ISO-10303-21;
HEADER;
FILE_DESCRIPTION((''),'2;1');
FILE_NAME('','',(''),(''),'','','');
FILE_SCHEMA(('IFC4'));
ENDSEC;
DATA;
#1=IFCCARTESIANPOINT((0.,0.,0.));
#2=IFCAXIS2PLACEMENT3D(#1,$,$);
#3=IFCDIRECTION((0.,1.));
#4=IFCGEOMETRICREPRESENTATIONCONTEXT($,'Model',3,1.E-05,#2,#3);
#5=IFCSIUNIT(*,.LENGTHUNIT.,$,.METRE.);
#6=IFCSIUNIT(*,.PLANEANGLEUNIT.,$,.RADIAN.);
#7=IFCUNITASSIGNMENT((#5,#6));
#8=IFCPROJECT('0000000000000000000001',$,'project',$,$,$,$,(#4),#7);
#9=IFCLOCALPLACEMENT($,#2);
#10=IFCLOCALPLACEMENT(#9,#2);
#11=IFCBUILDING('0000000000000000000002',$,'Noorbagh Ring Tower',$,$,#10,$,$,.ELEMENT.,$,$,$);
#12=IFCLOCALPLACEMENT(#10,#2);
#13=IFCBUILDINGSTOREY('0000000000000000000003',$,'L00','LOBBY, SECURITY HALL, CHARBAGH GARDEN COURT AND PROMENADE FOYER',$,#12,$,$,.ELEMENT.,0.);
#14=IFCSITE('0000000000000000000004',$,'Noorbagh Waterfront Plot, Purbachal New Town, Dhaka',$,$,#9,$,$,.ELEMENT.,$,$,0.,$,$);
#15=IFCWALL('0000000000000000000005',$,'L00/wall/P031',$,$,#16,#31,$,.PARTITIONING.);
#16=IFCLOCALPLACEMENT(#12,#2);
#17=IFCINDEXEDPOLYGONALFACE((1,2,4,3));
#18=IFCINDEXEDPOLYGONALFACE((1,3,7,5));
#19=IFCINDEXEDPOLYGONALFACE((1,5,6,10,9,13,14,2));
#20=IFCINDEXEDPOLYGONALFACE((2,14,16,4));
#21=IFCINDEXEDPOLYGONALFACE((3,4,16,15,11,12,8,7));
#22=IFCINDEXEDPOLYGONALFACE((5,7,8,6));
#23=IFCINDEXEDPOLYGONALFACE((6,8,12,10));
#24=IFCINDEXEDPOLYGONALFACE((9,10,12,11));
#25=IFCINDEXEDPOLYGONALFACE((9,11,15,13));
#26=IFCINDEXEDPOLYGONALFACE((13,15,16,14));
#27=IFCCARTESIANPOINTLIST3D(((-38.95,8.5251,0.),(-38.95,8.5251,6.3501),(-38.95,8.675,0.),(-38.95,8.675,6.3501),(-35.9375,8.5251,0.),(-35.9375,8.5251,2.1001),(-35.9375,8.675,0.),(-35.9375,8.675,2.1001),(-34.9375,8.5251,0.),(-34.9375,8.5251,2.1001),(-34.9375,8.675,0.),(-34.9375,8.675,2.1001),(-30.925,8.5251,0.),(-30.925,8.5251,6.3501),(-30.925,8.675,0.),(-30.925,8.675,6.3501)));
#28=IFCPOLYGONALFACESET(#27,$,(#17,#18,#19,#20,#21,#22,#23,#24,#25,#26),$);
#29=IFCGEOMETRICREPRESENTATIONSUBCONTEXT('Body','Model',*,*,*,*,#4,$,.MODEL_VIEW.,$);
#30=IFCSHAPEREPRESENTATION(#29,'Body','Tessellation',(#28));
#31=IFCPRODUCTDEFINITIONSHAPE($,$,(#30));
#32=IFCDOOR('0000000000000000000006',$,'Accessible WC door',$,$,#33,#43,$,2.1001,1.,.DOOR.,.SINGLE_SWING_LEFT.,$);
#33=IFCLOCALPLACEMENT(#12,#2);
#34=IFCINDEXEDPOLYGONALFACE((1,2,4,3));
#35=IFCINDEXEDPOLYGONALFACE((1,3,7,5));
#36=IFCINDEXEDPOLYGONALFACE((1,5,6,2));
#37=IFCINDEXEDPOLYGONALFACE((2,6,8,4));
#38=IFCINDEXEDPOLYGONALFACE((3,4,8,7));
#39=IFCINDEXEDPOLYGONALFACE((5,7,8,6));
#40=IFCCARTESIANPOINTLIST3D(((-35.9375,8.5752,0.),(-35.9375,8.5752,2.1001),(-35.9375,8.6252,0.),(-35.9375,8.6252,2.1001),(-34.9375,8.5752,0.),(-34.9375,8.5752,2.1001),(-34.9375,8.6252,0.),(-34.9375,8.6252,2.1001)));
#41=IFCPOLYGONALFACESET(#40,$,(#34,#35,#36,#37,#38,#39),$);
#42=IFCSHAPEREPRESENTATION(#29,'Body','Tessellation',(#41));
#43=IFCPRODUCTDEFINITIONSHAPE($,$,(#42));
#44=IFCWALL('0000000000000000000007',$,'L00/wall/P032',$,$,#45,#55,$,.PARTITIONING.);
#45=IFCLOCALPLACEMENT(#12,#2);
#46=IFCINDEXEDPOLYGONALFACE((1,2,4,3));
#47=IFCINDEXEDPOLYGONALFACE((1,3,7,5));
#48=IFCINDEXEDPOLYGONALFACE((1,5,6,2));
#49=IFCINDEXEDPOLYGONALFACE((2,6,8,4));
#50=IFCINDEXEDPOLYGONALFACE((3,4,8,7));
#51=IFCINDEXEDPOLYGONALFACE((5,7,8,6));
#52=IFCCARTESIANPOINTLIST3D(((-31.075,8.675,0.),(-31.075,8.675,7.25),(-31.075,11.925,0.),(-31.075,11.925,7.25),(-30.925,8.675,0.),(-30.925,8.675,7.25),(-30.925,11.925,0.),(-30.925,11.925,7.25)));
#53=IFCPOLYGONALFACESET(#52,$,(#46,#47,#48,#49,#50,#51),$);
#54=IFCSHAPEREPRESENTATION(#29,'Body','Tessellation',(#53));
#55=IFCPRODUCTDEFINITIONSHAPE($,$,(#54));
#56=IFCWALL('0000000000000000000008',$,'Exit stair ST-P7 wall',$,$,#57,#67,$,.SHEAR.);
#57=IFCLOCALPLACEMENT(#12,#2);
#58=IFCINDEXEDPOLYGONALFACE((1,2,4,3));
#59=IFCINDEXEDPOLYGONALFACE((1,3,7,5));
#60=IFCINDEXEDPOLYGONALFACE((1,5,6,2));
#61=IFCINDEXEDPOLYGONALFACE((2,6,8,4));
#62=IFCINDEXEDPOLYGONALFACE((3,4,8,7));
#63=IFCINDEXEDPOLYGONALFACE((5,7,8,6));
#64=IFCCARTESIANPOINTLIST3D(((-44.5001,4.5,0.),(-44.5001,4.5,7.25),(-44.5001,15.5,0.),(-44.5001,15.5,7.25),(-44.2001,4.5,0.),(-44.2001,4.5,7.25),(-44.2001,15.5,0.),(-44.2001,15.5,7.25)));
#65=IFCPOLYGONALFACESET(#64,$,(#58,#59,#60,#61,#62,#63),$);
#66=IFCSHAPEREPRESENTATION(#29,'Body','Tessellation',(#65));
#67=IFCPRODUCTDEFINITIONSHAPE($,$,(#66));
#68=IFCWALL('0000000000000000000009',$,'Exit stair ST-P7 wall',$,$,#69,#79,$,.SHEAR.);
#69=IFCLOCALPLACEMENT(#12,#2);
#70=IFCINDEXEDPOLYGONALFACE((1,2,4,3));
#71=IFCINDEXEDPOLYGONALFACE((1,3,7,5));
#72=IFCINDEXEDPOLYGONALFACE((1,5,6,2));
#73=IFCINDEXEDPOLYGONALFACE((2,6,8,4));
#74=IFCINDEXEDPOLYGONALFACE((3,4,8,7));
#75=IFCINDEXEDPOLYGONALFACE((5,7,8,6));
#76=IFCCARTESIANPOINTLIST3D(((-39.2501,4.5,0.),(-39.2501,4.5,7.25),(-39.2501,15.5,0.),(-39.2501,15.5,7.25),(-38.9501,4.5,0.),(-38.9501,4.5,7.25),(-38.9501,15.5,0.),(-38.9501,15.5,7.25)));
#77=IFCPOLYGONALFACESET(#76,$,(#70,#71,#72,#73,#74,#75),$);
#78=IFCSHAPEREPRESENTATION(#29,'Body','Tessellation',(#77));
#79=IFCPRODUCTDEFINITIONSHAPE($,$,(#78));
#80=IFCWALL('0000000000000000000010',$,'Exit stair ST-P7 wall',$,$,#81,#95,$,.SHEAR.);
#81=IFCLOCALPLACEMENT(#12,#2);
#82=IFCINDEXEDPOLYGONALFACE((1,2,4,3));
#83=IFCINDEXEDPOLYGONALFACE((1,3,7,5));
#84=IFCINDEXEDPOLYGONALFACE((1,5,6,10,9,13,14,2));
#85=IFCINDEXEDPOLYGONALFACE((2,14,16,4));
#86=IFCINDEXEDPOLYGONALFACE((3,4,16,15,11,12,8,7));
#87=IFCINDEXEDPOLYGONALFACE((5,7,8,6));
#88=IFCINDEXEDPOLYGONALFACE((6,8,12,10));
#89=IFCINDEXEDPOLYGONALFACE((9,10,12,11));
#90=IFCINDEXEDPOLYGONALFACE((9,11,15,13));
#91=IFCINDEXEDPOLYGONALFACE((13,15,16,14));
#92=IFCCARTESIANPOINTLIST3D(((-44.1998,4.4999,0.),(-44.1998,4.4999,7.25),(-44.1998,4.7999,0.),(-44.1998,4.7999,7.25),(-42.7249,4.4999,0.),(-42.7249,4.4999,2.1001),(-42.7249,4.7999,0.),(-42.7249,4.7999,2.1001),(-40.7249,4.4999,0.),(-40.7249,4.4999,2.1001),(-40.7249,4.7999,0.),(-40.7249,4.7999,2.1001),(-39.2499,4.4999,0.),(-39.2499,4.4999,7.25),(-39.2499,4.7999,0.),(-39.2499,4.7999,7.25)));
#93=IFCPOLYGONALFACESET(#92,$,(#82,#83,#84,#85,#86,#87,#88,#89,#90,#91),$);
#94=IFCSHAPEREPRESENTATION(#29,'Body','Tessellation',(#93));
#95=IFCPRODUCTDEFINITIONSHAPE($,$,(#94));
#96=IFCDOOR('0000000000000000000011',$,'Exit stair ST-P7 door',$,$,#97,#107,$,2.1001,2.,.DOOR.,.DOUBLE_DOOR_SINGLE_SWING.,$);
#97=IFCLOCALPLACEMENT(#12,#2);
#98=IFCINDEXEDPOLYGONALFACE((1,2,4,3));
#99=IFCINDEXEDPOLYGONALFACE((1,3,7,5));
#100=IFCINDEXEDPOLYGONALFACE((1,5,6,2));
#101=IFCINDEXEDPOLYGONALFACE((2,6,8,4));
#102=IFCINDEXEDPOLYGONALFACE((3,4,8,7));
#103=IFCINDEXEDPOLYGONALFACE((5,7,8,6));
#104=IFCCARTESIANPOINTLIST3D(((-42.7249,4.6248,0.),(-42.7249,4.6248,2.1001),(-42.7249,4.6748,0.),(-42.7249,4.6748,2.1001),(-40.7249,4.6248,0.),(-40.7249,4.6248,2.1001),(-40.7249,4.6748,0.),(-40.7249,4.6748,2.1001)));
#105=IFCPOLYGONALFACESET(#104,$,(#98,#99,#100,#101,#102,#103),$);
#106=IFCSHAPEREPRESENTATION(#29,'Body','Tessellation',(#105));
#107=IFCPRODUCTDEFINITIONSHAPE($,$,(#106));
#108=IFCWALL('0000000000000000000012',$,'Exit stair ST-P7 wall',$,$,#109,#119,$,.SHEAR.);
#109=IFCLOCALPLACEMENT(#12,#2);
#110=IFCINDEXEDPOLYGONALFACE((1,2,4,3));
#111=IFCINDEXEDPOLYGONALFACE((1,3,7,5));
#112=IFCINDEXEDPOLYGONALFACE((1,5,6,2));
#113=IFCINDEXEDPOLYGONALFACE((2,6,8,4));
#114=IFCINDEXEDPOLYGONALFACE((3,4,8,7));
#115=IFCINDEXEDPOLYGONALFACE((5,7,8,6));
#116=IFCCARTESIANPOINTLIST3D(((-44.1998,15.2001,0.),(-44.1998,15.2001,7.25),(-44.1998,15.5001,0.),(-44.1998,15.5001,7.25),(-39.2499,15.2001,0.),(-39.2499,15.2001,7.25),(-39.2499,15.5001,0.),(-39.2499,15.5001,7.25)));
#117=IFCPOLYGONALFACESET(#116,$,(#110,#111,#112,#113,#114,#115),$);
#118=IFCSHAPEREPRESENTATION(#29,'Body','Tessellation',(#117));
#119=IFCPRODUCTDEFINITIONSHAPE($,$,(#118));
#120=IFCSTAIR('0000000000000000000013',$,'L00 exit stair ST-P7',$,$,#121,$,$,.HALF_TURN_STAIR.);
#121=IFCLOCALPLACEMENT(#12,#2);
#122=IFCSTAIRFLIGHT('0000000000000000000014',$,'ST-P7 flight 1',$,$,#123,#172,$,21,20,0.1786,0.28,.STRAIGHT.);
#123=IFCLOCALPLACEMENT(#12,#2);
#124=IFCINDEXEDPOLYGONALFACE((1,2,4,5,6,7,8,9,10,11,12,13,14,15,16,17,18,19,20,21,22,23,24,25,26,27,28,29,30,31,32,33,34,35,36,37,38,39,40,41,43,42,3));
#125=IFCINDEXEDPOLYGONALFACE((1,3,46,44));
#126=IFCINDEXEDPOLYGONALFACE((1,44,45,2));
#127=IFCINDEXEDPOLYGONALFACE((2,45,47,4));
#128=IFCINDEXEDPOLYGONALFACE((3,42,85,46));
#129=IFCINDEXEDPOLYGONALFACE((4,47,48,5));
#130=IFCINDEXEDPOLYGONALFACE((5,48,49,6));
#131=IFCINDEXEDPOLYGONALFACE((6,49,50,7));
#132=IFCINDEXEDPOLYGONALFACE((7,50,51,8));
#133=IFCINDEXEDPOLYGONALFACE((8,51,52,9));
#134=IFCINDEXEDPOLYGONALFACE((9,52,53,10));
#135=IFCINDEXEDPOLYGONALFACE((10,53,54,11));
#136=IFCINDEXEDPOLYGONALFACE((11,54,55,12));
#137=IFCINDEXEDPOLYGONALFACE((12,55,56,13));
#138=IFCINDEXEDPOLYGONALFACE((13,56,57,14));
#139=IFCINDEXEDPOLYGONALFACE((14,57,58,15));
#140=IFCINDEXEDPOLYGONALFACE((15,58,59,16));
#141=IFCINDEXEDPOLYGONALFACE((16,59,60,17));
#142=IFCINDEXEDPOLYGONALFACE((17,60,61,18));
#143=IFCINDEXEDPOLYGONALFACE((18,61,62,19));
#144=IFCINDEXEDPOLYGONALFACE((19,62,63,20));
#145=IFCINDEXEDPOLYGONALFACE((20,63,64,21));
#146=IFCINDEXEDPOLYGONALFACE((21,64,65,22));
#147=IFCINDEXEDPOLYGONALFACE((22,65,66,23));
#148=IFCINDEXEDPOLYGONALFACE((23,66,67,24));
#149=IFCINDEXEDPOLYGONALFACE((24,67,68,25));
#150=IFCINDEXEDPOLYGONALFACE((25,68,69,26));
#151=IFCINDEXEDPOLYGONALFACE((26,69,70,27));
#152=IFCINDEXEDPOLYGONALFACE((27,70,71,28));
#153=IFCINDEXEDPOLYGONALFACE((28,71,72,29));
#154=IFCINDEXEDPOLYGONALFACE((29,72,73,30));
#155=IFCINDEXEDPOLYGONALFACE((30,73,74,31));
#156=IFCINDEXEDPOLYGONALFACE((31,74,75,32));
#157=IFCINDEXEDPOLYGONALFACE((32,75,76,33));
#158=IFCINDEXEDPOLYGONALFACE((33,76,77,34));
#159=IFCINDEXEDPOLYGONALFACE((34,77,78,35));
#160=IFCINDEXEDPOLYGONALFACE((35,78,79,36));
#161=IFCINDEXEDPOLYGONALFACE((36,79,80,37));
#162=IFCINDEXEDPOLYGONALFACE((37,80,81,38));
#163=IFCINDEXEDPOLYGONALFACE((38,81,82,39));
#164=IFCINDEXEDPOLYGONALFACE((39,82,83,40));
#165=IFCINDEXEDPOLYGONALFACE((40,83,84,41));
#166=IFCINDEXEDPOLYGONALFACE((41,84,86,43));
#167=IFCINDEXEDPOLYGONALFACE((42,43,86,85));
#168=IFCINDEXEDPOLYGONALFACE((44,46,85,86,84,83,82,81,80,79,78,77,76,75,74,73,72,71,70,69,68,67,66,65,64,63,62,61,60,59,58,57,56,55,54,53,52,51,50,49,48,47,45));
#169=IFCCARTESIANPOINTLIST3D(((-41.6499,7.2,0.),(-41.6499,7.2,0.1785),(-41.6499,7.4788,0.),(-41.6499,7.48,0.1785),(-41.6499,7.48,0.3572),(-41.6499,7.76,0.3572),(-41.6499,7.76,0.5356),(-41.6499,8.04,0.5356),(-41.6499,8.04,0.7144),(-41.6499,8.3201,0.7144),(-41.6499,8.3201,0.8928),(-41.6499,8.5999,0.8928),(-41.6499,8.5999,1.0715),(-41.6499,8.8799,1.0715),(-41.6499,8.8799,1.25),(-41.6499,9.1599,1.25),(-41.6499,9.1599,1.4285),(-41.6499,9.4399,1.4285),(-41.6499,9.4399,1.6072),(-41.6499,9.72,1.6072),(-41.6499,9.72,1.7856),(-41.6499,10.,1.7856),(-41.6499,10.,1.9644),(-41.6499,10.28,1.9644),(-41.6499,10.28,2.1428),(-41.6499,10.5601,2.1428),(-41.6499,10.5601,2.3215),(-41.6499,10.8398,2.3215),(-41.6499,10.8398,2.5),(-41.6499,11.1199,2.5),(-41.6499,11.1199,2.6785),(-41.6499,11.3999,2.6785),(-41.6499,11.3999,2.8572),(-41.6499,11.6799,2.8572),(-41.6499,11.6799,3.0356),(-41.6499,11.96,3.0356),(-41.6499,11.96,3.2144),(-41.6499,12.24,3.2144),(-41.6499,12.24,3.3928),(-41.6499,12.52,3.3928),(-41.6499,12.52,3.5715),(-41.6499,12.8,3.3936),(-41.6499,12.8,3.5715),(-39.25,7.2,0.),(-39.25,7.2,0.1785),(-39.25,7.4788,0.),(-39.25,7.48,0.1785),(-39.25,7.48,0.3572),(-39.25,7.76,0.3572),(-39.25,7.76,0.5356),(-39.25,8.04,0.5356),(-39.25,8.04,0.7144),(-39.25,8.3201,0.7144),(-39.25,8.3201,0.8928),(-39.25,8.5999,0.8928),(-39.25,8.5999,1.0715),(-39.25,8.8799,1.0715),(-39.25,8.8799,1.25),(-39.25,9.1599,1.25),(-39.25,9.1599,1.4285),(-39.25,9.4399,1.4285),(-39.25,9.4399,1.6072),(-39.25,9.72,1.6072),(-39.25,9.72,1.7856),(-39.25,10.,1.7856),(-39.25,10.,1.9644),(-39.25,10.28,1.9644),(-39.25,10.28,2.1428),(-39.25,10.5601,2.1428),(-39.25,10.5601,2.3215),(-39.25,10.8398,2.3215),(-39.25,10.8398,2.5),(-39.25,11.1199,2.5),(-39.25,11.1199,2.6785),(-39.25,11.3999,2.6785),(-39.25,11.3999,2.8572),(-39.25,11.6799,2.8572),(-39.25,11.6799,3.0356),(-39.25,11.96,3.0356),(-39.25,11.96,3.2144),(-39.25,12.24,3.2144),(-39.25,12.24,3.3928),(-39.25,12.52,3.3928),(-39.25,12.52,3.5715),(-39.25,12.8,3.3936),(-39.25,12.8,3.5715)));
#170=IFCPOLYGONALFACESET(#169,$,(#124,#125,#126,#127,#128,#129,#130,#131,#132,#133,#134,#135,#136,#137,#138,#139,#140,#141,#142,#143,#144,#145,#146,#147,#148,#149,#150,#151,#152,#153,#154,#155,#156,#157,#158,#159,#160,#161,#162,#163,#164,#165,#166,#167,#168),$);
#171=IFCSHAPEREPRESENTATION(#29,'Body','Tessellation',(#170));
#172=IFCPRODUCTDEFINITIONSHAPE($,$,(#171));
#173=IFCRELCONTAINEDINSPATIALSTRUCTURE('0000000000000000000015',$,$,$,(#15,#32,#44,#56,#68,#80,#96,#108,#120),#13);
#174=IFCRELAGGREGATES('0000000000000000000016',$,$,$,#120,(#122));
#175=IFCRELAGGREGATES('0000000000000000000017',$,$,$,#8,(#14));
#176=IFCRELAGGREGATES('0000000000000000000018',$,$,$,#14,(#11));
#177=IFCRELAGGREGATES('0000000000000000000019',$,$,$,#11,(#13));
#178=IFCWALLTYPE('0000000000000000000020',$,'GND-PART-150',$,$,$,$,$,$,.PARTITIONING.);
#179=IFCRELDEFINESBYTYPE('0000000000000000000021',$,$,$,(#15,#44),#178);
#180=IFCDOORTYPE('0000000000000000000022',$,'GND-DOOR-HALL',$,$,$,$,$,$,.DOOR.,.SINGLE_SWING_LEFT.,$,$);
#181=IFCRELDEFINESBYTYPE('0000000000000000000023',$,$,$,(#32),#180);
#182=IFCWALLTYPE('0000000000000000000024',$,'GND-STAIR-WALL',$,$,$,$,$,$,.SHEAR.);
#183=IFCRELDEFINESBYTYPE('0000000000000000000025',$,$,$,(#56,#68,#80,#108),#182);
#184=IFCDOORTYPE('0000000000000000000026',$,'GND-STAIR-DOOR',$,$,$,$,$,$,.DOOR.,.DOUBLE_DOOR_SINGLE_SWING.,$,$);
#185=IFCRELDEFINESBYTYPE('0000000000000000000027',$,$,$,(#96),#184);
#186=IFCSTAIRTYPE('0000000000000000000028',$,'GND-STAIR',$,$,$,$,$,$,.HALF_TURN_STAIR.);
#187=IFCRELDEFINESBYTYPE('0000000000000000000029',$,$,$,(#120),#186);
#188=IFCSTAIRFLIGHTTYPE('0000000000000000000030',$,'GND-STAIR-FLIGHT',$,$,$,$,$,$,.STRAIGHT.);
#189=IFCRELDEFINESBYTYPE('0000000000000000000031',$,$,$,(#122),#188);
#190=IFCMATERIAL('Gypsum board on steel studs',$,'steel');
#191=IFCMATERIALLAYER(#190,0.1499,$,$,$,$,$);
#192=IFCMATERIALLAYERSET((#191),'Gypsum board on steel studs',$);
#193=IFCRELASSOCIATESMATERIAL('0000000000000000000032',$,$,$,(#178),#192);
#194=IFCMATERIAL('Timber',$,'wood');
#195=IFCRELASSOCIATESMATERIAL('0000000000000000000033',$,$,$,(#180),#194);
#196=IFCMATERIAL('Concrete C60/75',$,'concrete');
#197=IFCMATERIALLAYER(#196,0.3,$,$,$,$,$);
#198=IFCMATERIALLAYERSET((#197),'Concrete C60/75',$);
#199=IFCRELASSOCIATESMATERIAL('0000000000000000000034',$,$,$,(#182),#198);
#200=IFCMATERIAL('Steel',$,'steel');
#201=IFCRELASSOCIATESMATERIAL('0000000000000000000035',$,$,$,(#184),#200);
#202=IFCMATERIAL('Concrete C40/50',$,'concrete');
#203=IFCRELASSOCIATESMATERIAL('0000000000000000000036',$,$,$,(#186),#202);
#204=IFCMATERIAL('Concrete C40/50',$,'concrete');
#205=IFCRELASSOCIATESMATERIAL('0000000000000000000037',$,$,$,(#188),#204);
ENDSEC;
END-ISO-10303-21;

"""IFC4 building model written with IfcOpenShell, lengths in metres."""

from ifc_helpers import new_model, si_unit, direction, frame, frame_2d, origin, place, context, subcontext, project, spatial, polyline, rectangle, outline, extrude, material, layer, layer_set, type_object, element, fill, aggregate, save


model = new_model("IFC4")

# Units and contexts
model_context = context("Model", 3, precision=1e-05, world=origin(), true_north=direction((0.0, 1.0)))
body_context = subcontext(model_context, "Body", "Model", "MODEL_VIEW")
ifc_project = project(units=[si_unit("LENGTHUNIT", "METRE"), si_unit("PLANEANGLEUNIT", "RADIAN")], contexts=[model_context])

# Site, building, storey
site_placement = place(None, origin())
site = spatial("IfcSite", under=ifc_project, at=site_placement, Name="Noorbagh Waterfront Plot, Purbachal New Town, Dhaka", CompositionType="ELEMENT", RefElevation=0.0)
building_placement = place(site_placement, origin())
building = spatial("IfcBuilding", under=site, at=building_placement, Name="Noorbagh Ring Tower", CompositionType="ELEMENT")
storey_placement = place(building_placement, origin())
storey = spatial("IfcBuildingStorey", under=building, at=storey_placement, Name="L00", Description="LOBBY, SECURITY HALL, CHARBAGH GARDEN COURT AND PROMENADE FOYER", CompositionType="ELEMENT", Elevation=0.0)

# Shared definitions
ifc_material_1 = material(Name="Gypsum board on steel studs", Category="steel")
ifc_layer_1 = layer(ifc_material_1, 0.1499)
ifc_layer_set_1 = layer_set([ifc_layer_1], Name="Gypsum board on steel studs")
wall_type_1 = type_object("IfcWallType", Name="GND-PART-150", PredefinedType="PARTITIONING", material=ifc_layer_set_1)

# Wall, opening, door
wall_1_placement = place(storey_placement, frame((-30.925, 8.6001, 0.0), z_axis=(0.0, 0.0, 1.0), x_axis=(-1.0, 0.0, 0.0)))
wall_1 = element("IfcWall", 1, at=wall_1_placement, inside=storey, type_object=wall_type_1, Name="L00/wall/P031", PredefinedType="PARTITIONING", context=body_context, shape_type="SweptSolid", body=[
    extrude(rectangle(XDim=8.0249, YDim=0.1499, at=frame_2d((4.0125, 0.0))), origin(), (0.0, 0.0, 1.0), 6.3501),
])
opening_1_placement = place(wall_1_placement, frame((4.0125, 0.0, 0.0)))
opening_1 = element("IfcOpeningElement", 2, at=opening_1_placement, cuts=wall_1, PredefinedType="OPENING", context=body_context, shape_type="SweptSolid", body=[
    extrude(rectangle(XDim=1.0, YDim=2.1001, at=frame_2d((0.5, 1.05))), frame((0.0, 0.085, 0.0), z_axis=(0.0, -1.0, 0.0), x_axis=(1.0, 0.0, 0.0)), (0.0, 0.0, 1.0), 0.1699),
])
ifc_material_2 = material(Name="Timber", Category="wood")
door_type_1 = type_object("IfcDoorType", Name="GND-DOOR-HALL", OperationType="SINGLE_SWING_LEFT", PredefinedType="DOOR", material=ifc_material_2)
door_1_placement = place(opening_1_placement, origin())
door_1 = element("IfcDoor", 3, at=door_1_placement, inside=storey, type_object=door_type_1, Name="Accessible WC door", OperationType="SINGLE_SWING_LEFT", OverallHeight=2.1001, OverallWidth=1.0, PredefinedType="DOOR", context=body_context, shape_type="SweptSolid", body=[
    extrude(rectangle(XDim=1.0, YDim=2.1001, at=frame_2d((0.5, 1.05))), frame((0.0, 0.0249, 0.0), z_axis=(0.0, -1.0, 0.0), x_axis=(1.0, 0.0, 0.0)), (0.0, 0.0, 1.0), 0.05),
])
fill(opening_1, door_1)

# Walls
wall_2_placement = place(storey_placement, frame((-31.0, 11.925, 0.0), z_axis=(0.0, 0.0, 1.0), x_axis=(0.0, -1.0, 0.0)))
element("IfcWall", 4, at=wall_2_placement, inside=storey, type_object=wall_type_1, Name="L00/wall/P032", PredefinedType="PARTITIONING", context=body_context, shape_type="SweptSolid", body=[
    extrude(rectangle(XDim=3.25, YDim=0.1499, at=frame_2d((1.625, 0.0))), origin(), (0.0, 0.0, 1.0), 7.25),
])
ifc_material_3 = material(Name="Concrete C60/75", Category="concrete")
ifc_layer_2 = layer(ifc_material_3, 0.3)
ifc_layer_set_2 = layer_set([ifc_layer_2], Name="Concrete C60/75")
wall_type_2 = type_object("IfcWallType", Name="GND-STAIR-WALL", PredefinedType="SHEAR", material=ifc_layer_set_2)
for number, where, z_axis, x_axis, name in (
    (5, (-44.3501, 4.5, 0.0), (0.0, 0.0, 1.0), (0.0, 1.0, 0.0), "Exit stair ST-P7 wall"),
    (6, (-39.1001, 4.5, 0.0), (0.0, 0.0, 1.0), (0.0, 1.0, 0.0), "Exit stair ST-P7 wall"),
):
    element("IfcWall", number, at=place(storey_placement, frame(where, z_axis=z_axis, x_axis=x_axis)), inside=storey, type_object=wall_type_2, Name=name, PredefinedType="SHEAR", context=body_context, shape_type="SweptSolid", body=[
        extrude(rectangle(XDim=11.0, YDim=0.3, at=frame_2d((5.5, 0.0))), origin(), (0.0, 0.0, 1.0), 7.25),
    ])

# Wall, opening, door
wall_3_placement = place(storey_placement, frame((-44.2, 4.6499, 0.0), z_axis=(0.0, 0.0, 1.0), x_axis=(1.0, 0.0, 0.0)))
wall_3 = element("IfcWall", 7, at=wall_3_placement, inside=storey, type_object=wall_type_2, Name="Exit stair ST-P7 wall", PredefinedType="SHEAR", context=body_context, shape_type="SweptSolid", body=[
    extrude(rectangle(XDim=4.95, YDim=0.3, at=frame_2d((2.4751, 0.0))), origin(), (0.0, 0.0, 1.0), 7.25),
])
opening_2_placement = place(wall_3_placement, frame((1.4751, 0.0, 0.0)))
opening_2 = element("IfcOpeningElement", 8, at=opening_2_placement, cuts=wall_3, PredefinedType="OPENING", context=body_context, shape_type="SweptSolid", body=[
    extrude(rectangle(XDim=2.0, YDim=2.1001, at=frame_2d((1.0, 1.05))), frame((0.0, 0.1602, 0.0), z_axis=(0.0, -1.0, 0.0), x_axis=(1.0, 0.0, 0.0)), (0.0, 0.0, 1.0), 0.3201),
])
ifc_material_4 = material(Name="Steel", Category="steel")
door_type_2 = type_object("IfcDoorType", Name="GND-STAIR-DOOR", OperationType="DOUBLE_DOOR_SINGLE_SWING", PredefinedType="DOOR", material=ifc_material_4)
door_2_placement = place(opening_2_placement, origin())
door_2 = element("IfcDoor", 9, at=door_2_placement, inside=storey, type_object=door_type_2, Name="Exit stair ST-P7 door", OperationType="DOUBLE_DOOR_SINGLE_SWING", OverallHeight=2.1001, OverallWidth=2.0, PredefinedType="DOOR", context=body_context, shape_type="SweptSolid", body=[
    extrude(rectangle(XDim=2.0, YDim=2.1001, at=frame_2d((1.0, 1.05))), frame((0.0, 0.0249, 0.0), z_axis=(0.0, -1.0, 0.0), x_axis=(1.0, 0.0, 0.0)), (0.0, 0.0, 1.0), 0.05),
])
fill(opening_2, door_2)

# Wall
wall_4_placement = place(storey_placement, frame((-44.2, 15.3501, 0.0), z_axis=(0.0, 0.0, 1.0), x_axis=(1.0, 0.0, 0.0)))
element("IfcWall", 10, at=wall_4_placement, inside=storey, type_object=wall_type_2, Name="Exit stair ST-P7 wall", PredefinedType="SHEAR", context=body_context, shape_type="SweptSolid", body=[
    extrude(rectangle(XDim=4.95, YDim=0.3, at=frame_2d((2.4751, 0.0))), origin(), (0.0, 0.0, 1.0), 7.25),
])

# Stair, stair flight
ifc_material_5 = material(Name="Concrete C40/50", Category="concrete")
stair_type = type_object("IfcStairType", Name="GND-STAIR", PredefinedType="HALF_TURN_STAIR", material=ifc_material_5)
stair_placement = place(storey_placement, origin())
stair = element("IfcStair", 11, at=stair_placement, inside=storey, type_object=stair_type, Name="L00 exit stair ST-P7", PredefinedType="HALF_TURN_STAIR")
ifc_material_6 = material(Name="Concrete C40/50", Category="concrete")
stair_flight_type = type_object("IfcStairFlightType", Name="GND-STAIR-FLIGHT", PredefinedType="STRAIGHT", material=ifc_material_6)
stair_flight_1_placement = place(storey_placement, frame((-40.45, 7.2, 0.0), z_axis=(0.0, 0.0, 1.0), x_axis=(0.0, 1.0, 0.0)))
stair_flight_1 = element("IfcStairFlight", 12, at=stair_flight_1_placement, type_object=stair_flight_type, Name="ST-P7 flight 1", NumberOfRisers=21, NumberOfTreads=20, PredefinedType="STRAIGHT", RiserHeight=0.1786, TreadLength=0.28, context=body_context, shape_type="SweptSolid", body=[
    extrude(outline(polyline([(0.0, 0.0), (0.0, 0.1785), (0.28, 0.1785), (0.28, 0.3572), (0.5601, 0.3572), (0.5601, 0.5356), (0.8401, 0.5356), (0.8401, 0.7144), (1.1201, 0.7144), (1.1201, 0.8928), (1.3999, 0.8928), (1.3999, 1.0715), (1.6799, 1.0715), (1.6799, 1.25), (1.96, 1.25), (1.96, 1.4285), (2.24, 1.4285), (2.24, 1.6072), (2.52, 1.6072), (2.52, 1.7856), (2.8, 1.7856), (2.8, 1.9644), (3.0801, 1.9644), (3.0801, 2.1428), (3.3601, 2.1428), (3.3601, 2.3215), (3.6399, 2.3215), (3.6399, 2.5), (3.9199, 2.5), (3.9199, 2.6785), (4.2, 2.6785), (4.2, 2.8572), (4.48, 2.8572), (4.48, 3.0356), (4.76, 3.0356), (4.76, 3.2144), (5.04, 3.2144), (5.04, 3.3928), (5.3201, 3.3928), (5.3201, 3.5715), (5.6001, 3.5715), (5.6001, 3.75), (5.6001, 3.3936), (0.2788, 0.0), (0.0, 0.0)])), frame((0.0, 1.2, 0.0), z_axis=(0.0, -1.0, 0.0), x_axis=(1.0, 0.0, 0.0)), (0.0, 0.0, 1.0), 2.3999),
])
aggregate(stair, [stair_flight_1])

save(model, "model.ifc")
